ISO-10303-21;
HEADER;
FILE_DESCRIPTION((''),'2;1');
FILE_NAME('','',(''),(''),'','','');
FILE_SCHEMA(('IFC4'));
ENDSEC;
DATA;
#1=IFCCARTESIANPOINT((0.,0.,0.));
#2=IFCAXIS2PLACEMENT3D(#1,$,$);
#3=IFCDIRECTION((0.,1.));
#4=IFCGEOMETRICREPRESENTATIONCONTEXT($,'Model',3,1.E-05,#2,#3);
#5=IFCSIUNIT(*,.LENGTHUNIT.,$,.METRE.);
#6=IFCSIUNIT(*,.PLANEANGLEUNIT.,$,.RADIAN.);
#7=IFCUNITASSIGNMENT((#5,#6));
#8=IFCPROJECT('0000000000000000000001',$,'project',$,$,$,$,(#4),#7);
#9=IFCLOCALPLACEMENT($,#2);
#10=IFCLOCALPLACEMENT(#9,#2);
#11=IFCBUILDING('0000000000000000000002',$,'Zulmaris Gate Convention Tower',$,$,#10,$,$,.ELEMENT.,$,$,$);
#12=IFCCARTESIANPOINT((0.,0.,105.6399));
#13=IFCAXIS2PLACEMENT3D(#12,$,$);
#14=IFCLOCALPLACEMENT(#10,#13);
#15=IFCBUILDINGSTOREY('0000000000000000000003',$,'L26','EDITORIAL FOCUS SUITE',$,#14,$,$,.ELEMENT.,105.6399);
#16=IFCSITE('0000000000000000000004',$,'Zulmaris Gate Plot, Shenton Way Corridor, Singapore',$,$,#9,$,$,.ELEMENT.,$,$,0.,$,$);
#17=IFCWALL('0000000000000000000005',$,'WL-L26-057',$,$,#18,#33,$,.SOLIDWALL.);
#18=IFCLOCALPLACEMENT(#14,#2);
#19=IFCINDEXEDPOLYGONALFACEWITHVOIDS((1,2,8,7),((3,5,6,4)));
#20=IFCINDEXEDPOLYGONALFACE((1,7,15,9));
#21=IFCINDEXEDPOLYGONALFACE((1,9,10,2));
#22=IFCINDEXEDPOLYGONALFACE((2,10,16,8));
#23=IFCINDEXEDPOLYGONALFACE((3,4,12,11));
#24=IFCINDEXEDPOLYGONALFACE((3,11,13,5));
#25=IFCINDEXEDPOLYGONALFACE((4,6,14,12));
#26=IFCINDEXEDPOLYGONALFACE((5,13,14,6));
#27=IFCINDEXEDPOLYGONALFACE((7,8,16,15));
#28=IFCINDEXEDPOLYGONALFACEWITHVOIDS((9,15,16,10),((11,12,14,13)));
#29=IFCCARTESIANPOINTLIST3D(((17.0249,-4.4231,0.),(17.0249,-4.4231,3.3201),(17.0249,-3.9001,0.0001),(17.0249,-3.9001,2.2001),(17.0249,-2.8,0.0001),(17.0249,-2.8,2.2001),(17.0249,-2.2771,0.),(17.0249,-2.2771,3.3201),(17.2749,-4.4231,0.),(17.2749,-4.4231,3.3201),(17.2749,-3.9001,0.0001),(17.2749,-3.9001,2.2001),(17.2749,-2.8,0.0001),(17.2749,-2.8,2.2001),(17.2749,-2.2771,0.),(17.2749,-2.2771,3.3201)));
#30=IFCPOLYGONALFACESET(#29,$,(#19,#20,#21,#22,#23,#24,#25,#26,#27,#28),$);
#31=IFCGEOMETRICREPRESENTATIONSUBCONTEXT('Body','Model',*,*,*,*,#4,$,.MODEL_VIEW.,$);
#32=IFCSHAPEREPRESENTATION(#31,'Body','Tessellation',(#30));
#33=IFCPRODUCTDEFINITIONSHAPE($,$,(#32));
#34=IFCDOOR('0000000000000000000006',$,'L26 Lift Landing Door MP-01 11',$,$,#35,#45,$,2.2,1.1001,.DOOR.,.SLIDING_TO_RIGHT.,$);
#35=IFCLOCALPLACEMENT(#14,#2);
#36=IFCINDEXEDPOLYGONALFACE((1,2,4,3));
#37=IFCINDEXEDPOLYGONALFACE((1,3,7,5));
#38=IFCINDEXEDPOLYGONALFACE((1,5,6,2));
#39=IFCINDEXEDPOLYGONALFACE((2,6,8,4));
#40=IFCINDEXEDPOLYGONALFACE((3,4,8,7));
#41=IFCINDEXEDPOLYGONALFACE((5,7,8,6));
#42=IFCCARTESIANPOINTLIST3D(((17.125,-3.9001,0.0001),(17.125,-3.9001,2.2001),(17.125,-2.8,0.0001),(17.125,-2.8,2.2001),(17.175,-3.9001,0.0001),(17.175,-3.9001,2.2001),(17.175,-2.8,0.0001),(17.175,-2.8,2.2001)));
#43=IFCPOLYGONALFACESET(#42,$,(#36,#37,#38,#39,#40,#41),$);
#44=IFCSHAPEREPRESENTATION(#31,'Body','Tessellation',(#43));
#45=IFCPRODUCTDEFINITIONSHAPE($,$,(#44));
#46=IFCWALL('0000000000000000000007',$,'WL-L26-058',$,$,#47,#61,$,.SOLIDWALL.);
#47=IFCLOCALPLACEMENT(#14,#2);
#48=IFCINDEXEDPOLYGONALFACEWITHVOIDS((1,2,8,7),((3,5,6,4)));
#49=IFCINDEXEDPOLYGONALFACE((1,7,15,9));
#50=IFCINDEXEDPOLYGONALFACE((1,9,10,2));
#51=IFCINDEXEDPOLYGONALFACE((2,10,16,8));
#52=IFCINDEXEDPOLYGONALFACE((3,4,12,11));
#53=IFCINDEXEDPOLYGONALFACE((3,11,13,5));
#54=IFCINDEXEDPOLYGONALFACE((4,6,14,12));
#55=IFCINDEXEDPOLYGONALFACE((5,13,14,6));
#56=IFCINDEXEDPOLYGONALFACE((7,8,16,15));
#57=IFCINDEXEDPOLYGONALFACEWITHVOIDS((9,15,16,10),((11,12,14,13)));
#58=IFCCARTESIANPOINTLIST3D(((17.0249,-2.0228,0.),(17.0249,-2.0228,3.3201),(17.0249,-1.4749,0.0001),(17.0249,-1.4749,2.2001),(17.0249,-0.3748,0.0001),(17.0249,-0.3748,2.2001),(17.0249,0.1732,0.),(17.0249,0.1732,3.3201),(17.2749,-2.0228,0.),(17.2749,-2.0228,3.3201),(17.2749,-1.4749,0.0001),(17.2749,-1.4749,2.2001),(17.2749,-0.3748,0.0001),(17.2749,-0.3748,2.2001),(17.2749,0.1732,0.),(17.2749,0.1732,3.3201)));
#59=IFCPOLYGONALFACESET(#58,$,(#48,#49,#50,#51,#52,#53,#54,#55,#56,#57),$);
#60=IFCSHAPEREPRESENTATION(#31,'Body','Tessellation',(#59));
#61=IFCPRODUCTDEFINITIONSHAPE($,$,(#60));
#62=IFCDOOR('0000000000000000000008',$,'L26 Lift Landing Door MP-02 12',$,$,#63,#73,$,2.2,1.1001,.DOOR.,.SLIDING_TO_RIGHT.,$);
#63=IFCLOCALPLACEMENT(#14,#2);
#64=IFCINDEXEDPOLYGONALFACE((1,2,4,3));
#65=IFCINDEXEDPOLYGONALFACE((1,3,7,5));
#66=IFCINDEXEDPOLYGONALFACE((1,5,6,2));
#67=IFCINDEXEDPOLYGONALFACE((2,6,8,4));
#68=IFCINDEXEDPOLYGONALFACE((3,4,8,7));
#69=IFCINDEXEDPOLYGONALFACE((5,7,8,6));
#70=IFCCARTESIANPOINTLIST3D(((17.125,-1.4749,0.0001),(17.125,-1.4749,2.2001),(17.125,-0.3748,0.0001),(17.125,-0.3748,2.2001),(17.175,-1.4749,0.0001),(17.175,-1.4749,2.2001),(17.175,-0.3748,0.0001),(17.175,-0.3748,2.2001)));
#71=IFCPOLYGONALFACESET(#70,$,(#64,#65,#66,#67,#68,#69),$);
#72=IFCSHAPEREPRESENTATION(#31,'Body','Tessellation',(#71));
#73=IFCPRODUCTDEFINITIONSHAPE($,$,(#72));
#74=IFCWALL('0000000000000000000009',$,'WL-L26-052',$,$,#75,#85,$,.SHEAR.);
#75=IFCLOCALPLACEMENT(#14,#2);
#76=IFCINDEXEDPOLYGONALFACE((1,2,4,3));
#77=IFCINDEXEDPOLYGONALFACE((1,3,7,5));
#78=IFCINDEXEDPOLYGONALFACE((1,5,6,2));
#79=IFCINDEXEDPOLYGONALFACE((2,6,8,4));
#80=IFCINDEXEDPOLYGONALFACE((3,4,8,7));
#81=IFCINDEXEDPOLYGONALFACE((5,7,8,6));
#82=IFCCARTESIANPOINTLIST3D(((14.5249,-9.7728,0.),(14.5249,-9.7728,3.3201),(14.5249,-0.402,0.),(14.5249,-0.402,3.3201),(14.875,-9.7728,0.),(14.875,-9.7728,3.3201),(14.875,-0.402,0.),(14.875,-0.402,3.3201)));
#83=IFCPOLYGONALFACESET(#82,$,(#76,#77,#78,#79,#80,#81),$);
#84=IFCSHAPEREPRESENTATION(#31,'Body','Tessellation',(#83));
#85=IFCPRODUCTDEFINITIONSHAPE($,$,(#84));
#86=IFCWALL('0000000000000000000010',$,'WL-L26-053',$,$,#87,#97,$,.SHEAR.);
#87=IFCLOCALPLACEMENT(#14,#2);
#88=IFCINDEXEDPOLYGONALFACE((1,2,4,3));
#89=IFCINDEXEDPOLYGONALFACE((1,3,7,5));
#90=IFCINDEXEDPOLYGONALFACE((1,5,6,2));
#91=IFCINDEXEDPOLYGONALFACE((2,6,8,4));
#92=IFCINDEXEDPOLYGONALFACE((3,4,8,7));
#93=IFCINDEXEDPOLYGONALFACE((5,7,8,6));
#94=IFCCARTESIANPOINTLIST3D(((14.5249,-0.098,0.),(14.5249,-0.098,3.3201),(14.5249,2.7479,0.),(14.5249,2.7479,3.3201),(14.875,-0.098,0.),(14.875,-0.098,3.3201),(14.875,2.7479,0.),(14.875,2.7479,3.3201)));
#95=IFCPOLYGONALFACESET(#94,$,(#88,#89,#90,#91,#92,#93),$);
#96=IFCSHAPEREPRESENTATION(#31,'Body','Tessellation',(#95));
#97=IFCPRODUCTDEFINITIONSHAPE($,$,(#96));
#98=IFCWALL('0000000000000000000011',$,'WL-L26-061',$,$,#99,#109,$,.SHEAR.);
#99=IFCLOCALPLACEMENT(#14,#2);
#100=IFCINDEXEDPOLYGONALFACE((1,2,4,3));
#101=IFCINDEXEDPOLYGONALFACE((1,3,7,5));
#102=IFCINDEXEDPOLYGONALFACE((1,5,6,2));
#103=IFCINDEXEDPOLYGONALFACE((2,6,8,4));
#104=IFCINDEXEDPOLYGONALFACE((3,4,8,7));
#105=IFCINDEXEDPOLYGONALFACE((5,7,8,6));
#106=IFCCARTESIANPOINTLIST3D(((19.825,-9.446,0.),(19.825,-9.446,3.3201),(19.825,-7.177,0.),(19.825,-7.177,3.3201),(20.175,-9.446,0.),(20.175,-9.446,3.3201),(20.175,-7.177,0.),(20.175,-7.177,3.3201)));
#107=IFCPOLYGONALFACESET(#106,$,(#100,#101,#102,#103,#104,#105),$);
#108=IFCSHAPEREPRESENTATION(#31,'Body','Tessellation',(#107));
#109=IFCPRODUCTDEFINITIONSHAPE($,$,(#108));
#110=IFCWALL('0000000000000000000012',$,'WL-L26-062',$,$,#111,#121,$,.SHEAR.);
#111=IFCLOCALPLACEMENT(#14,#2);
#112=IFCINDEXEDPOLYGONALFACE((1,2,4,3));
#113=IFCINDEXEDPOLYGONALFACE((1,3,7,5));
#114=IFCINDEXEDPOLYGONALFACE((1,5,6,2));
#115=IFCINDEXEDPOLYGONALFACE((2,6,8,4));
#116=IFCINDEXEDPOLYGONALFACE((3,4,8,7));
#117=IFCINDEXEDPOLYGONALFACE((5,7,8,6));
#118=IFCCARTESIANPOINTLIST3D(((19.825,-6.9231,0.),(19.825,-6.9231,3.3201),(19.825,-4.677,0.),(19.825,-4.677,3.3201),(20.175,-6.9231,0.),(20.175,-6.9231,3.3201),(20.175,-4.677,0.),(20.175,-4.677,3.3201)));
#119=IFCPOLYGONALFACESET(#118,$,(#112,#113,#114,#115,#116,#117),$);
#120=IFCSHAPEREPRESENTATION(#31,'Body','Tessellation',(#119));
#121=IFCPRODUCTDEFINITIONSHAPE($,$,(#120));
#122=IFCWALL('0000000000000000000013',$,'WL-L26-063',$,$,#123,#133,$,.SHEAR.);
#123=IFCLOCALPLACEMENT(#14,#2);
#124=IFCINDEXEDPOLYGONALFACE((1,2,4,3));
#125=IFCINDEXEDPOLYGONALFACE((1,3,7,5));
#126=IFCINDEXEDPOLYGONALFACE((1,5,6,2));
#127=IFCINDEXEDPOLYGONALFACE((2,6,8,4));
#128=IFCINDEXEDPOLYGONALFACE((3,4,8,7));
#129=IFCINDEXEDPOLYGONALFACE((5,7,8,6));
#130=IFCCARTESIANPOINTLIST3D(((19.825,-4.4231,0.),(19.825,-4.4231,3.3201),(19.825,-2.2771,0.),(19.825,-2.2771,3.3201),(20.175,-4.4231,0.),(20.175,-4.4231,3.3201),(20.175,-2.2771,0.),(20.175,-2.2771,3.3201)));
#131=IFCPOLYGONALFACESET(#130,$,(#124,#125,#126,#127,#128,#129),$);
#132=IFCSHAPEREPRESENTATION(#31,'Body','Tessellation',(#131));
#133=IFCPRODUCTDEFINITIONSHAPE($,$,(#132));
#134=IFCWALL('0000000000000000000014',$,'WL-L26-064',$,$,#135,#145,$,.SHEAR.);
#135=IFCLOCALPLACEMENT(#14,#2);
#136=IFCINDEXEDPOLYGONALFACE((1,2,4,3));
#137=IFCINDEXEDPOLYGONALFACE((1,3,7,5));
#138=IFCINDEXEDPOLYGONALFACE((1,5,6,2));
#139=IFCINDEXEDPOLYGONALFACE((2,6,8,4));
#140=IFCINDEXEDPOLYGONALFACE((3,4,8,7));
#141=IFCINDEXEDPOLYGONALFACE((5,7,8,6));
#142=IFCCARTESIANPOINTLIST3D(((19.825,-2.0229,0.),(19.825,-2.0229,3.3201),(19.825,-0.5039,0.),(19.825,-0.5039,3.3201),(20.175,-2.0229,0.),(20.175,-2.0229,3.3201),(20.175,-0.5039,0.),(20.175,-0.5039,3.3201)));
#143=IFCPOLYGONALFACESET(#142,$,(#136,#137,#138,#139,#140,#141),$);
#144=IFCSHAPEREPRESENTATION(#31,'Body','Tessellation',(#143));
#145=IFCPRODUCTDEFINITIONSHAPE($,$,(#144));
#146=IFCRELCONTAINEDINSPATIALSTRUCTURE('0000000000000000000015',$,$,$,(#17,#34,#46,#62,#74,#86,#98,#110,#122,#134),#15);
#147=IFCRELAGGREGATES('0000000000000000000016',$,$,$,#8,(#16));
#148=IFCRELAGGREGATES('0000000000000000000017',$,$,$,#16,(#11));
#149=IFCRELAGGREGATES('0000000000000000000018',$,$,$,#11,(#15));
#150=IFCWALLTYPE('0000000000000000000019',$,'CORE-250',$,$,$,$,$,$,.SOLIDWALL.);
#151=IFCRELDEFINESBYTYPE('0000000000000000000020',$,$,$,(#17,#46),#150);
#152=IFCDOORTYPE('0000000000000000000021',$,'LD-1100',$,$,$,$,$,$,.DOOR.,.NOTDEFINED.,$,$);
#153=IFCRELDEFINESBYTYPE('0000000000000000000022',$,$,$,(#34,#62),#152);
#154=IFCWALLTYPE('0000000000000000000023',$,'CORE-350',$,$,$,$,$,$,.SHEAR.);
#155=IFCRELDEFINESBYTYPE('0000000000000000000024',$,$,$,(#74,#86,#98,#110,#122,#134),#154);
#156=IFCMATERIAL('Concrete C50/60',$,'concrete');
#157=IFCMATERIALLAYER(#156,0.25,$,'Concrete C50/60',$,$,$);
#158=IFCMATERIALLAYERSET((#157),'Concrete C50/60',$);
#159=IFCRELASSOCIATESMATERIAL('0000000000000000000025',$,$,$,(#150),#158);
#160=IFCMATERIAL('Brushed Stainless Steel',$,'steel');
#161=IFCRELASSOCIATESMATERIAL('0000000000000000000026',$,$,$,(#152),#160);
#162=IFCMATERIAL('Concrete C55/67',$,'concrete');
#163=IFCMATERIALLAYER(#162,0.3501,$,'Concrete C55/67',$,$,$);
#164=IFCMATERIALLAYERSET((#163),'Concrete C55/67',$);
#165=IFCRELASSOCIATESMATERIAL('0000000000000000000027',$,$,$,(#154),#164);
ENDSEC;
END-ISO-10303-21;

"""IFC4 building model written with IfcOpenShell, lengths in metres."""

from ifc_helpers import new_model, si_unit, direction, frame, frame_2d, origin, place, context, subcontext, project, spatial, rectangle, extrude, material, layer, layer_set, type_object, element, fill, save


model = new_model("IFC4")

# Units and contexts
model_context = context("Model", 3, precision=1e-05, world=origin(), true_north=direction((0.0, 1.0)))
body_context = subcontext(model_context, "Body", "Model", "MODEL_VIEW")
ifc_project = project(units=[si_unit("LENGTHUNIT", "METRE"), si_unit("PLANEANGLEUNIT", "RADIAN")], contexts=[model_context])

# Site, building, storey
site_placement = place(None, origin())
site = spatial("IfcSite", under=ifc_project, at=site_placement, Name="Zulmaris Gate Plot, Shenton Way Corridor, Singapore", CompositionType="ELEMENT", RefElevation=0.0)
building_placement = place(site_placement, origin())
building = spatial("IfcBuilding", under=site, at=building_placement, Name="Zulmaris Gate Convention Tower", CompositionType="ELEMENT")
storey_placement = place(building_placement, frame((0.0, 0.0, 105.6399)))
storey = spatial("IfcBuildingStorey", under=building, at=storey_placement, Name="L26", Description="EDITORIAL FOCUS SUITE", CompositionType="ELEMENT", Elevation=105.6399)

# Shared definitions
ifc_material_1 = material(Name="Concrete C50/60", Category="concrete")
ifc_layer_1 = layer(ifc_material_1, 0.25, Name="Concrete C50/60")
ifc_layer_set_1 = layer_set([ifc_layer_1], Name="Concrete C50/60")
wall_type_1 = type_object("IfcWallType", Name="CORE-250", PredefinedType="SOLIDWALL", material=ifc_layer_set_1)

# Walls, openings, doors
wall_1_placement = place(storey_placement, frame((17.1499, -4.4231, 0.0), z_axis=(0.0, 0.0, 1.0), x_axis=(0.0, 1.0, 0.0)))
wall_1 = element("IfcWall", 1, at=wall_1_placement, inside=storey, type_object=wall_type_1, Name="WL-L26-057", PredefinedType="SOLIDWALL", context=body_context, shape_type="SweptSolid", body=[
    extrude(rectangle(XDim=2.146, YDim=0.25, at=frame_2d((1.073, 0.0))), origin(), (0.0, 0.0, 1.0), 3.3201),
])
opening_1_placement = place(wall_1_placement, frame((0.5229, 0.0, 0.0)))
opening_1 = element("IfcOpeningElement", 2, at=opening_1_placement, cuts=wall_1, PredefinedType="OPENING", context=body_context, shape_type="SweptSolid", body=[
    extrude(rectangle(XDim=1.1001, YDim=2.2, at=frame_2d((0.55, 1.1001))), frame((0.0, 0.135, 0.0), z_axis=(0.0, -1.0, 0.0), x_axis=(1.0, 0.0, 0.0)), (0.0, 0.0, 1.0), 0.27),
])
ifc_material_2 = material(Name="Brushed Stainless Steel", Category="steel")
door_type = type_object("IfcDoorType", Name="LD-1100", OperationType="NOTDEFINED", PredefinedType="DOOR", material=ifc_material_2)
door_1_placement = place(opening_1_placement, origin())
door_1 = element("IfcDoor", 3, at=door_1_placement, inside=storey, type_object=door_type, Name="L26 Lift Landing Door MP-01 11", OperationType="SLIDING_TO_RIGHT", OverallHeight=2.2, OverallWidth=1.1001, PredefinedType="DOOR", context=body_context, shape_type="SweptSolid", body=[
    extrude(rectangle(XDim=1.1001, YDim=2.2, at=frame_2d((0.55, 1.1001))), frame((0.0, 0.0249, 0.0), z_axis=(0.0, -1.0, 0.0), x_axis=(1.0, 0.0, 0.0)), (0.0, 0.0, 1.0), 0.05),
])
fill(opening_1, door_1)
wall_2_placement = place(storey_placement, frame((17.1499, -2.0229, 0.0), z_axis=(0.0, 0.0, 1.0), x_axis=(0.0, 1.0, 0.0)))
wall_2 = element("IfcWall", 4, at=wall_2_placement, inside=storey, type_object=wall_type_1, Name="WL-L26-058", PredefinedType="SOLIDWALL", context=body_context, shape_type="SweptSolid", body=[
    extrude(rectangle(XDim=2.196, YDim=0.25, at=frame_2d((1.0981, 0.0))), origin(), (0.0, 0.0, 1.0), 3.3201),
])
opening_2_placement = place(wall_2_placement, frame((0.5481, 0.0, 0.0)))
opening_2 = element("IfcOpeningElement", 5, at=opening_2_placement, cuts=wall_2, PredefinedType="OPENING", context=body_context, shape_type="SweptSolid", body=[
    extrude(rectangle(XDim=1.1001, YDim=2.2, at=frame_2d((0.55, 1.1001))), frame((0.0, 0.135, 0.0), z_axis=(0.0, -1.0, 0.0), x_axis=(1.0, 0.0, 0.0)), (0.0, 0.0, 1.0), 0.27),
])
door_2_placement = place(opening_2_placement, origin())
door_2 = element("IfcDoor", 6, at=door_2_placement, inside=storey, type_object=door_type, Name="L26 Lift Landing Door MP-02 12", OperationType="SLIDING_TO_RIGHT", OverallHeight=2.2, OverallWidth=1.1001, PredefinedType="DOOR", context=body_context, shape_type="SweptSolid", body=[
    extrude(rectangle(XDim=1.1001, YDim=2.2, at=frame_2d((0.55, 1.1001))), frame((0.0, 0.0249, 0.0), z_axis=(0.0, -1.0, 0.0), x_axis=(1.0, 0.0, 0.0)), (0.0, 0.0, 1.0), 0.05),
])
fill(opening_2, door_2)

# Walls
ifc_material_3 = material(Name="Concrete C55/67", Category="concrete")
ifc_layer_2 = layer(ifc_material_3, 0.3501, Name="Concrete C55/67")
ifc_layer_set_2 = layer_set([ifc_layer_2], Name="Concrete C55/67")
wall_type_2 = type_object("IfcWallType", Name="CORE-350", PredefinedType="SHEAR", material=ifc_layer_set_2)
wall_3_placement = place(storey_placement, frame((14.7, -9.7729, 0.0), z_axis=(0.0, 0.0, 1.0), x_axis=(0.0, 1.0, 0.0)))
element("IfcWall", 7, at=wall_3_placement, inside=storey, type_object=wall_type_2, Name="WL-L26-052", PredefinedType="SHEAR", context=body_context, shape_type="SweptSolid", body=[
    extrude(rectangle(XDim=9.3708, YDim=0.3501, at=frame_2d((4.6855, 0.0))), origin(), (0.0, 0.0, 1.0), 3.3201),
])
wall_4_placement = place(storey_placement, frame((14.7, -0.0979, 0.0), z_axis=(0.0, 0.0, 1.0), x_axis=(0.0, 1.0, 0.0)))
element("IfcWall", 8, at=wall_4_placement, inside=storey, type_object=wall_type_2, Name="WL-L26-053", PredefinedType="SHEAR", context=body_context, shape_type="SweptSolid", body=[
    extrude(rectangle(XDim=2.8459, YDim=0.3501, at=frame_2d((1.4229, 0.0))), origin(), (0.0, 0.0, 1.0), 3.3201),
])
wall_5_placement = place(storey_placement, frame((20.0, -9.446, 0.0), z_axis=(0.0, 0.0, 1.0), x_axis=(0.0, 1.0, 0.0)))
element("IfcWall", 9, at=wall_5_placement, inside=storey, type_object=wall_type_2, Name="WL-L26-061", PredefinedType="SHEAR", context=body_context, shape_type="SweptSolid", body=[
    extrude(rectangle(XDim=2.269, YDim=0.3501, at=frame_2d((1.1345, 0.0))), origin(), (0.0, 0.0, 1.0), 3.3201),
])
wall_6_placement = place(storey_placement, frame((20.0, -6.9231, 0.0), z_axis=(0.0, 0.0, 1.0), x_axis=(0.0, 1.0, 0.0)))
element("IfcWall", 10, at=wall_6_placement, inside=storey, type_object=wall_type_2, Name="WL-L26-062", PredefinedType="SHEAR", context=body_context, shape_type="SweptSolid", body=[
    extrude(rectangle(XDim=2.2461, YDim=0.3501, at=frame_2d((1.123, 0.0))), origin(), (0.0, 0.0, 1.0), 3.3201),
])
wall_7_placement = place(storey_placement, frame((20.0, -4.4231, 0.0), z_axis=(0.0, 0.0, 1.0), x_axis=(0.0, 1.0, 0.0)))
element("IfcWall", 11, at=wall_7_placement, inside=storey, type_object=wall_type_2, Name="WL-L26-063", PredefinedType="SHEAR", context=body_context, shape_type="SweptSolid", body=[
    extrude(rectangle(XDim=2.146, YDim=0.3501, at=frame_2d((1.073, 0.0))), origin(), (0.0, 0.0, 1.0), 3.3201),
])
wall_8_placement = place(storey_placement, frame((20.0, -2.0229, 0.0), z_axis=(0.0, 0.0, 1.0), x_axis=(0.0, 1.0, 0.0)))
element("IfcWall", 12, at=wall_8_placement, inside=storey, type_object=wall_type_2, Name="WL-L26-064", PredefinedType="SHEAR", context=body_context, shape_type="SweptSolid", body=[
    extrude(rectangle(XDim=1.519, YDim=0.3501, at=frame_2d((0.7595, 0.0))), origin(), (0.0, 0.0, 1.0), 3.3201),
])

save(model, "model.ifc")
